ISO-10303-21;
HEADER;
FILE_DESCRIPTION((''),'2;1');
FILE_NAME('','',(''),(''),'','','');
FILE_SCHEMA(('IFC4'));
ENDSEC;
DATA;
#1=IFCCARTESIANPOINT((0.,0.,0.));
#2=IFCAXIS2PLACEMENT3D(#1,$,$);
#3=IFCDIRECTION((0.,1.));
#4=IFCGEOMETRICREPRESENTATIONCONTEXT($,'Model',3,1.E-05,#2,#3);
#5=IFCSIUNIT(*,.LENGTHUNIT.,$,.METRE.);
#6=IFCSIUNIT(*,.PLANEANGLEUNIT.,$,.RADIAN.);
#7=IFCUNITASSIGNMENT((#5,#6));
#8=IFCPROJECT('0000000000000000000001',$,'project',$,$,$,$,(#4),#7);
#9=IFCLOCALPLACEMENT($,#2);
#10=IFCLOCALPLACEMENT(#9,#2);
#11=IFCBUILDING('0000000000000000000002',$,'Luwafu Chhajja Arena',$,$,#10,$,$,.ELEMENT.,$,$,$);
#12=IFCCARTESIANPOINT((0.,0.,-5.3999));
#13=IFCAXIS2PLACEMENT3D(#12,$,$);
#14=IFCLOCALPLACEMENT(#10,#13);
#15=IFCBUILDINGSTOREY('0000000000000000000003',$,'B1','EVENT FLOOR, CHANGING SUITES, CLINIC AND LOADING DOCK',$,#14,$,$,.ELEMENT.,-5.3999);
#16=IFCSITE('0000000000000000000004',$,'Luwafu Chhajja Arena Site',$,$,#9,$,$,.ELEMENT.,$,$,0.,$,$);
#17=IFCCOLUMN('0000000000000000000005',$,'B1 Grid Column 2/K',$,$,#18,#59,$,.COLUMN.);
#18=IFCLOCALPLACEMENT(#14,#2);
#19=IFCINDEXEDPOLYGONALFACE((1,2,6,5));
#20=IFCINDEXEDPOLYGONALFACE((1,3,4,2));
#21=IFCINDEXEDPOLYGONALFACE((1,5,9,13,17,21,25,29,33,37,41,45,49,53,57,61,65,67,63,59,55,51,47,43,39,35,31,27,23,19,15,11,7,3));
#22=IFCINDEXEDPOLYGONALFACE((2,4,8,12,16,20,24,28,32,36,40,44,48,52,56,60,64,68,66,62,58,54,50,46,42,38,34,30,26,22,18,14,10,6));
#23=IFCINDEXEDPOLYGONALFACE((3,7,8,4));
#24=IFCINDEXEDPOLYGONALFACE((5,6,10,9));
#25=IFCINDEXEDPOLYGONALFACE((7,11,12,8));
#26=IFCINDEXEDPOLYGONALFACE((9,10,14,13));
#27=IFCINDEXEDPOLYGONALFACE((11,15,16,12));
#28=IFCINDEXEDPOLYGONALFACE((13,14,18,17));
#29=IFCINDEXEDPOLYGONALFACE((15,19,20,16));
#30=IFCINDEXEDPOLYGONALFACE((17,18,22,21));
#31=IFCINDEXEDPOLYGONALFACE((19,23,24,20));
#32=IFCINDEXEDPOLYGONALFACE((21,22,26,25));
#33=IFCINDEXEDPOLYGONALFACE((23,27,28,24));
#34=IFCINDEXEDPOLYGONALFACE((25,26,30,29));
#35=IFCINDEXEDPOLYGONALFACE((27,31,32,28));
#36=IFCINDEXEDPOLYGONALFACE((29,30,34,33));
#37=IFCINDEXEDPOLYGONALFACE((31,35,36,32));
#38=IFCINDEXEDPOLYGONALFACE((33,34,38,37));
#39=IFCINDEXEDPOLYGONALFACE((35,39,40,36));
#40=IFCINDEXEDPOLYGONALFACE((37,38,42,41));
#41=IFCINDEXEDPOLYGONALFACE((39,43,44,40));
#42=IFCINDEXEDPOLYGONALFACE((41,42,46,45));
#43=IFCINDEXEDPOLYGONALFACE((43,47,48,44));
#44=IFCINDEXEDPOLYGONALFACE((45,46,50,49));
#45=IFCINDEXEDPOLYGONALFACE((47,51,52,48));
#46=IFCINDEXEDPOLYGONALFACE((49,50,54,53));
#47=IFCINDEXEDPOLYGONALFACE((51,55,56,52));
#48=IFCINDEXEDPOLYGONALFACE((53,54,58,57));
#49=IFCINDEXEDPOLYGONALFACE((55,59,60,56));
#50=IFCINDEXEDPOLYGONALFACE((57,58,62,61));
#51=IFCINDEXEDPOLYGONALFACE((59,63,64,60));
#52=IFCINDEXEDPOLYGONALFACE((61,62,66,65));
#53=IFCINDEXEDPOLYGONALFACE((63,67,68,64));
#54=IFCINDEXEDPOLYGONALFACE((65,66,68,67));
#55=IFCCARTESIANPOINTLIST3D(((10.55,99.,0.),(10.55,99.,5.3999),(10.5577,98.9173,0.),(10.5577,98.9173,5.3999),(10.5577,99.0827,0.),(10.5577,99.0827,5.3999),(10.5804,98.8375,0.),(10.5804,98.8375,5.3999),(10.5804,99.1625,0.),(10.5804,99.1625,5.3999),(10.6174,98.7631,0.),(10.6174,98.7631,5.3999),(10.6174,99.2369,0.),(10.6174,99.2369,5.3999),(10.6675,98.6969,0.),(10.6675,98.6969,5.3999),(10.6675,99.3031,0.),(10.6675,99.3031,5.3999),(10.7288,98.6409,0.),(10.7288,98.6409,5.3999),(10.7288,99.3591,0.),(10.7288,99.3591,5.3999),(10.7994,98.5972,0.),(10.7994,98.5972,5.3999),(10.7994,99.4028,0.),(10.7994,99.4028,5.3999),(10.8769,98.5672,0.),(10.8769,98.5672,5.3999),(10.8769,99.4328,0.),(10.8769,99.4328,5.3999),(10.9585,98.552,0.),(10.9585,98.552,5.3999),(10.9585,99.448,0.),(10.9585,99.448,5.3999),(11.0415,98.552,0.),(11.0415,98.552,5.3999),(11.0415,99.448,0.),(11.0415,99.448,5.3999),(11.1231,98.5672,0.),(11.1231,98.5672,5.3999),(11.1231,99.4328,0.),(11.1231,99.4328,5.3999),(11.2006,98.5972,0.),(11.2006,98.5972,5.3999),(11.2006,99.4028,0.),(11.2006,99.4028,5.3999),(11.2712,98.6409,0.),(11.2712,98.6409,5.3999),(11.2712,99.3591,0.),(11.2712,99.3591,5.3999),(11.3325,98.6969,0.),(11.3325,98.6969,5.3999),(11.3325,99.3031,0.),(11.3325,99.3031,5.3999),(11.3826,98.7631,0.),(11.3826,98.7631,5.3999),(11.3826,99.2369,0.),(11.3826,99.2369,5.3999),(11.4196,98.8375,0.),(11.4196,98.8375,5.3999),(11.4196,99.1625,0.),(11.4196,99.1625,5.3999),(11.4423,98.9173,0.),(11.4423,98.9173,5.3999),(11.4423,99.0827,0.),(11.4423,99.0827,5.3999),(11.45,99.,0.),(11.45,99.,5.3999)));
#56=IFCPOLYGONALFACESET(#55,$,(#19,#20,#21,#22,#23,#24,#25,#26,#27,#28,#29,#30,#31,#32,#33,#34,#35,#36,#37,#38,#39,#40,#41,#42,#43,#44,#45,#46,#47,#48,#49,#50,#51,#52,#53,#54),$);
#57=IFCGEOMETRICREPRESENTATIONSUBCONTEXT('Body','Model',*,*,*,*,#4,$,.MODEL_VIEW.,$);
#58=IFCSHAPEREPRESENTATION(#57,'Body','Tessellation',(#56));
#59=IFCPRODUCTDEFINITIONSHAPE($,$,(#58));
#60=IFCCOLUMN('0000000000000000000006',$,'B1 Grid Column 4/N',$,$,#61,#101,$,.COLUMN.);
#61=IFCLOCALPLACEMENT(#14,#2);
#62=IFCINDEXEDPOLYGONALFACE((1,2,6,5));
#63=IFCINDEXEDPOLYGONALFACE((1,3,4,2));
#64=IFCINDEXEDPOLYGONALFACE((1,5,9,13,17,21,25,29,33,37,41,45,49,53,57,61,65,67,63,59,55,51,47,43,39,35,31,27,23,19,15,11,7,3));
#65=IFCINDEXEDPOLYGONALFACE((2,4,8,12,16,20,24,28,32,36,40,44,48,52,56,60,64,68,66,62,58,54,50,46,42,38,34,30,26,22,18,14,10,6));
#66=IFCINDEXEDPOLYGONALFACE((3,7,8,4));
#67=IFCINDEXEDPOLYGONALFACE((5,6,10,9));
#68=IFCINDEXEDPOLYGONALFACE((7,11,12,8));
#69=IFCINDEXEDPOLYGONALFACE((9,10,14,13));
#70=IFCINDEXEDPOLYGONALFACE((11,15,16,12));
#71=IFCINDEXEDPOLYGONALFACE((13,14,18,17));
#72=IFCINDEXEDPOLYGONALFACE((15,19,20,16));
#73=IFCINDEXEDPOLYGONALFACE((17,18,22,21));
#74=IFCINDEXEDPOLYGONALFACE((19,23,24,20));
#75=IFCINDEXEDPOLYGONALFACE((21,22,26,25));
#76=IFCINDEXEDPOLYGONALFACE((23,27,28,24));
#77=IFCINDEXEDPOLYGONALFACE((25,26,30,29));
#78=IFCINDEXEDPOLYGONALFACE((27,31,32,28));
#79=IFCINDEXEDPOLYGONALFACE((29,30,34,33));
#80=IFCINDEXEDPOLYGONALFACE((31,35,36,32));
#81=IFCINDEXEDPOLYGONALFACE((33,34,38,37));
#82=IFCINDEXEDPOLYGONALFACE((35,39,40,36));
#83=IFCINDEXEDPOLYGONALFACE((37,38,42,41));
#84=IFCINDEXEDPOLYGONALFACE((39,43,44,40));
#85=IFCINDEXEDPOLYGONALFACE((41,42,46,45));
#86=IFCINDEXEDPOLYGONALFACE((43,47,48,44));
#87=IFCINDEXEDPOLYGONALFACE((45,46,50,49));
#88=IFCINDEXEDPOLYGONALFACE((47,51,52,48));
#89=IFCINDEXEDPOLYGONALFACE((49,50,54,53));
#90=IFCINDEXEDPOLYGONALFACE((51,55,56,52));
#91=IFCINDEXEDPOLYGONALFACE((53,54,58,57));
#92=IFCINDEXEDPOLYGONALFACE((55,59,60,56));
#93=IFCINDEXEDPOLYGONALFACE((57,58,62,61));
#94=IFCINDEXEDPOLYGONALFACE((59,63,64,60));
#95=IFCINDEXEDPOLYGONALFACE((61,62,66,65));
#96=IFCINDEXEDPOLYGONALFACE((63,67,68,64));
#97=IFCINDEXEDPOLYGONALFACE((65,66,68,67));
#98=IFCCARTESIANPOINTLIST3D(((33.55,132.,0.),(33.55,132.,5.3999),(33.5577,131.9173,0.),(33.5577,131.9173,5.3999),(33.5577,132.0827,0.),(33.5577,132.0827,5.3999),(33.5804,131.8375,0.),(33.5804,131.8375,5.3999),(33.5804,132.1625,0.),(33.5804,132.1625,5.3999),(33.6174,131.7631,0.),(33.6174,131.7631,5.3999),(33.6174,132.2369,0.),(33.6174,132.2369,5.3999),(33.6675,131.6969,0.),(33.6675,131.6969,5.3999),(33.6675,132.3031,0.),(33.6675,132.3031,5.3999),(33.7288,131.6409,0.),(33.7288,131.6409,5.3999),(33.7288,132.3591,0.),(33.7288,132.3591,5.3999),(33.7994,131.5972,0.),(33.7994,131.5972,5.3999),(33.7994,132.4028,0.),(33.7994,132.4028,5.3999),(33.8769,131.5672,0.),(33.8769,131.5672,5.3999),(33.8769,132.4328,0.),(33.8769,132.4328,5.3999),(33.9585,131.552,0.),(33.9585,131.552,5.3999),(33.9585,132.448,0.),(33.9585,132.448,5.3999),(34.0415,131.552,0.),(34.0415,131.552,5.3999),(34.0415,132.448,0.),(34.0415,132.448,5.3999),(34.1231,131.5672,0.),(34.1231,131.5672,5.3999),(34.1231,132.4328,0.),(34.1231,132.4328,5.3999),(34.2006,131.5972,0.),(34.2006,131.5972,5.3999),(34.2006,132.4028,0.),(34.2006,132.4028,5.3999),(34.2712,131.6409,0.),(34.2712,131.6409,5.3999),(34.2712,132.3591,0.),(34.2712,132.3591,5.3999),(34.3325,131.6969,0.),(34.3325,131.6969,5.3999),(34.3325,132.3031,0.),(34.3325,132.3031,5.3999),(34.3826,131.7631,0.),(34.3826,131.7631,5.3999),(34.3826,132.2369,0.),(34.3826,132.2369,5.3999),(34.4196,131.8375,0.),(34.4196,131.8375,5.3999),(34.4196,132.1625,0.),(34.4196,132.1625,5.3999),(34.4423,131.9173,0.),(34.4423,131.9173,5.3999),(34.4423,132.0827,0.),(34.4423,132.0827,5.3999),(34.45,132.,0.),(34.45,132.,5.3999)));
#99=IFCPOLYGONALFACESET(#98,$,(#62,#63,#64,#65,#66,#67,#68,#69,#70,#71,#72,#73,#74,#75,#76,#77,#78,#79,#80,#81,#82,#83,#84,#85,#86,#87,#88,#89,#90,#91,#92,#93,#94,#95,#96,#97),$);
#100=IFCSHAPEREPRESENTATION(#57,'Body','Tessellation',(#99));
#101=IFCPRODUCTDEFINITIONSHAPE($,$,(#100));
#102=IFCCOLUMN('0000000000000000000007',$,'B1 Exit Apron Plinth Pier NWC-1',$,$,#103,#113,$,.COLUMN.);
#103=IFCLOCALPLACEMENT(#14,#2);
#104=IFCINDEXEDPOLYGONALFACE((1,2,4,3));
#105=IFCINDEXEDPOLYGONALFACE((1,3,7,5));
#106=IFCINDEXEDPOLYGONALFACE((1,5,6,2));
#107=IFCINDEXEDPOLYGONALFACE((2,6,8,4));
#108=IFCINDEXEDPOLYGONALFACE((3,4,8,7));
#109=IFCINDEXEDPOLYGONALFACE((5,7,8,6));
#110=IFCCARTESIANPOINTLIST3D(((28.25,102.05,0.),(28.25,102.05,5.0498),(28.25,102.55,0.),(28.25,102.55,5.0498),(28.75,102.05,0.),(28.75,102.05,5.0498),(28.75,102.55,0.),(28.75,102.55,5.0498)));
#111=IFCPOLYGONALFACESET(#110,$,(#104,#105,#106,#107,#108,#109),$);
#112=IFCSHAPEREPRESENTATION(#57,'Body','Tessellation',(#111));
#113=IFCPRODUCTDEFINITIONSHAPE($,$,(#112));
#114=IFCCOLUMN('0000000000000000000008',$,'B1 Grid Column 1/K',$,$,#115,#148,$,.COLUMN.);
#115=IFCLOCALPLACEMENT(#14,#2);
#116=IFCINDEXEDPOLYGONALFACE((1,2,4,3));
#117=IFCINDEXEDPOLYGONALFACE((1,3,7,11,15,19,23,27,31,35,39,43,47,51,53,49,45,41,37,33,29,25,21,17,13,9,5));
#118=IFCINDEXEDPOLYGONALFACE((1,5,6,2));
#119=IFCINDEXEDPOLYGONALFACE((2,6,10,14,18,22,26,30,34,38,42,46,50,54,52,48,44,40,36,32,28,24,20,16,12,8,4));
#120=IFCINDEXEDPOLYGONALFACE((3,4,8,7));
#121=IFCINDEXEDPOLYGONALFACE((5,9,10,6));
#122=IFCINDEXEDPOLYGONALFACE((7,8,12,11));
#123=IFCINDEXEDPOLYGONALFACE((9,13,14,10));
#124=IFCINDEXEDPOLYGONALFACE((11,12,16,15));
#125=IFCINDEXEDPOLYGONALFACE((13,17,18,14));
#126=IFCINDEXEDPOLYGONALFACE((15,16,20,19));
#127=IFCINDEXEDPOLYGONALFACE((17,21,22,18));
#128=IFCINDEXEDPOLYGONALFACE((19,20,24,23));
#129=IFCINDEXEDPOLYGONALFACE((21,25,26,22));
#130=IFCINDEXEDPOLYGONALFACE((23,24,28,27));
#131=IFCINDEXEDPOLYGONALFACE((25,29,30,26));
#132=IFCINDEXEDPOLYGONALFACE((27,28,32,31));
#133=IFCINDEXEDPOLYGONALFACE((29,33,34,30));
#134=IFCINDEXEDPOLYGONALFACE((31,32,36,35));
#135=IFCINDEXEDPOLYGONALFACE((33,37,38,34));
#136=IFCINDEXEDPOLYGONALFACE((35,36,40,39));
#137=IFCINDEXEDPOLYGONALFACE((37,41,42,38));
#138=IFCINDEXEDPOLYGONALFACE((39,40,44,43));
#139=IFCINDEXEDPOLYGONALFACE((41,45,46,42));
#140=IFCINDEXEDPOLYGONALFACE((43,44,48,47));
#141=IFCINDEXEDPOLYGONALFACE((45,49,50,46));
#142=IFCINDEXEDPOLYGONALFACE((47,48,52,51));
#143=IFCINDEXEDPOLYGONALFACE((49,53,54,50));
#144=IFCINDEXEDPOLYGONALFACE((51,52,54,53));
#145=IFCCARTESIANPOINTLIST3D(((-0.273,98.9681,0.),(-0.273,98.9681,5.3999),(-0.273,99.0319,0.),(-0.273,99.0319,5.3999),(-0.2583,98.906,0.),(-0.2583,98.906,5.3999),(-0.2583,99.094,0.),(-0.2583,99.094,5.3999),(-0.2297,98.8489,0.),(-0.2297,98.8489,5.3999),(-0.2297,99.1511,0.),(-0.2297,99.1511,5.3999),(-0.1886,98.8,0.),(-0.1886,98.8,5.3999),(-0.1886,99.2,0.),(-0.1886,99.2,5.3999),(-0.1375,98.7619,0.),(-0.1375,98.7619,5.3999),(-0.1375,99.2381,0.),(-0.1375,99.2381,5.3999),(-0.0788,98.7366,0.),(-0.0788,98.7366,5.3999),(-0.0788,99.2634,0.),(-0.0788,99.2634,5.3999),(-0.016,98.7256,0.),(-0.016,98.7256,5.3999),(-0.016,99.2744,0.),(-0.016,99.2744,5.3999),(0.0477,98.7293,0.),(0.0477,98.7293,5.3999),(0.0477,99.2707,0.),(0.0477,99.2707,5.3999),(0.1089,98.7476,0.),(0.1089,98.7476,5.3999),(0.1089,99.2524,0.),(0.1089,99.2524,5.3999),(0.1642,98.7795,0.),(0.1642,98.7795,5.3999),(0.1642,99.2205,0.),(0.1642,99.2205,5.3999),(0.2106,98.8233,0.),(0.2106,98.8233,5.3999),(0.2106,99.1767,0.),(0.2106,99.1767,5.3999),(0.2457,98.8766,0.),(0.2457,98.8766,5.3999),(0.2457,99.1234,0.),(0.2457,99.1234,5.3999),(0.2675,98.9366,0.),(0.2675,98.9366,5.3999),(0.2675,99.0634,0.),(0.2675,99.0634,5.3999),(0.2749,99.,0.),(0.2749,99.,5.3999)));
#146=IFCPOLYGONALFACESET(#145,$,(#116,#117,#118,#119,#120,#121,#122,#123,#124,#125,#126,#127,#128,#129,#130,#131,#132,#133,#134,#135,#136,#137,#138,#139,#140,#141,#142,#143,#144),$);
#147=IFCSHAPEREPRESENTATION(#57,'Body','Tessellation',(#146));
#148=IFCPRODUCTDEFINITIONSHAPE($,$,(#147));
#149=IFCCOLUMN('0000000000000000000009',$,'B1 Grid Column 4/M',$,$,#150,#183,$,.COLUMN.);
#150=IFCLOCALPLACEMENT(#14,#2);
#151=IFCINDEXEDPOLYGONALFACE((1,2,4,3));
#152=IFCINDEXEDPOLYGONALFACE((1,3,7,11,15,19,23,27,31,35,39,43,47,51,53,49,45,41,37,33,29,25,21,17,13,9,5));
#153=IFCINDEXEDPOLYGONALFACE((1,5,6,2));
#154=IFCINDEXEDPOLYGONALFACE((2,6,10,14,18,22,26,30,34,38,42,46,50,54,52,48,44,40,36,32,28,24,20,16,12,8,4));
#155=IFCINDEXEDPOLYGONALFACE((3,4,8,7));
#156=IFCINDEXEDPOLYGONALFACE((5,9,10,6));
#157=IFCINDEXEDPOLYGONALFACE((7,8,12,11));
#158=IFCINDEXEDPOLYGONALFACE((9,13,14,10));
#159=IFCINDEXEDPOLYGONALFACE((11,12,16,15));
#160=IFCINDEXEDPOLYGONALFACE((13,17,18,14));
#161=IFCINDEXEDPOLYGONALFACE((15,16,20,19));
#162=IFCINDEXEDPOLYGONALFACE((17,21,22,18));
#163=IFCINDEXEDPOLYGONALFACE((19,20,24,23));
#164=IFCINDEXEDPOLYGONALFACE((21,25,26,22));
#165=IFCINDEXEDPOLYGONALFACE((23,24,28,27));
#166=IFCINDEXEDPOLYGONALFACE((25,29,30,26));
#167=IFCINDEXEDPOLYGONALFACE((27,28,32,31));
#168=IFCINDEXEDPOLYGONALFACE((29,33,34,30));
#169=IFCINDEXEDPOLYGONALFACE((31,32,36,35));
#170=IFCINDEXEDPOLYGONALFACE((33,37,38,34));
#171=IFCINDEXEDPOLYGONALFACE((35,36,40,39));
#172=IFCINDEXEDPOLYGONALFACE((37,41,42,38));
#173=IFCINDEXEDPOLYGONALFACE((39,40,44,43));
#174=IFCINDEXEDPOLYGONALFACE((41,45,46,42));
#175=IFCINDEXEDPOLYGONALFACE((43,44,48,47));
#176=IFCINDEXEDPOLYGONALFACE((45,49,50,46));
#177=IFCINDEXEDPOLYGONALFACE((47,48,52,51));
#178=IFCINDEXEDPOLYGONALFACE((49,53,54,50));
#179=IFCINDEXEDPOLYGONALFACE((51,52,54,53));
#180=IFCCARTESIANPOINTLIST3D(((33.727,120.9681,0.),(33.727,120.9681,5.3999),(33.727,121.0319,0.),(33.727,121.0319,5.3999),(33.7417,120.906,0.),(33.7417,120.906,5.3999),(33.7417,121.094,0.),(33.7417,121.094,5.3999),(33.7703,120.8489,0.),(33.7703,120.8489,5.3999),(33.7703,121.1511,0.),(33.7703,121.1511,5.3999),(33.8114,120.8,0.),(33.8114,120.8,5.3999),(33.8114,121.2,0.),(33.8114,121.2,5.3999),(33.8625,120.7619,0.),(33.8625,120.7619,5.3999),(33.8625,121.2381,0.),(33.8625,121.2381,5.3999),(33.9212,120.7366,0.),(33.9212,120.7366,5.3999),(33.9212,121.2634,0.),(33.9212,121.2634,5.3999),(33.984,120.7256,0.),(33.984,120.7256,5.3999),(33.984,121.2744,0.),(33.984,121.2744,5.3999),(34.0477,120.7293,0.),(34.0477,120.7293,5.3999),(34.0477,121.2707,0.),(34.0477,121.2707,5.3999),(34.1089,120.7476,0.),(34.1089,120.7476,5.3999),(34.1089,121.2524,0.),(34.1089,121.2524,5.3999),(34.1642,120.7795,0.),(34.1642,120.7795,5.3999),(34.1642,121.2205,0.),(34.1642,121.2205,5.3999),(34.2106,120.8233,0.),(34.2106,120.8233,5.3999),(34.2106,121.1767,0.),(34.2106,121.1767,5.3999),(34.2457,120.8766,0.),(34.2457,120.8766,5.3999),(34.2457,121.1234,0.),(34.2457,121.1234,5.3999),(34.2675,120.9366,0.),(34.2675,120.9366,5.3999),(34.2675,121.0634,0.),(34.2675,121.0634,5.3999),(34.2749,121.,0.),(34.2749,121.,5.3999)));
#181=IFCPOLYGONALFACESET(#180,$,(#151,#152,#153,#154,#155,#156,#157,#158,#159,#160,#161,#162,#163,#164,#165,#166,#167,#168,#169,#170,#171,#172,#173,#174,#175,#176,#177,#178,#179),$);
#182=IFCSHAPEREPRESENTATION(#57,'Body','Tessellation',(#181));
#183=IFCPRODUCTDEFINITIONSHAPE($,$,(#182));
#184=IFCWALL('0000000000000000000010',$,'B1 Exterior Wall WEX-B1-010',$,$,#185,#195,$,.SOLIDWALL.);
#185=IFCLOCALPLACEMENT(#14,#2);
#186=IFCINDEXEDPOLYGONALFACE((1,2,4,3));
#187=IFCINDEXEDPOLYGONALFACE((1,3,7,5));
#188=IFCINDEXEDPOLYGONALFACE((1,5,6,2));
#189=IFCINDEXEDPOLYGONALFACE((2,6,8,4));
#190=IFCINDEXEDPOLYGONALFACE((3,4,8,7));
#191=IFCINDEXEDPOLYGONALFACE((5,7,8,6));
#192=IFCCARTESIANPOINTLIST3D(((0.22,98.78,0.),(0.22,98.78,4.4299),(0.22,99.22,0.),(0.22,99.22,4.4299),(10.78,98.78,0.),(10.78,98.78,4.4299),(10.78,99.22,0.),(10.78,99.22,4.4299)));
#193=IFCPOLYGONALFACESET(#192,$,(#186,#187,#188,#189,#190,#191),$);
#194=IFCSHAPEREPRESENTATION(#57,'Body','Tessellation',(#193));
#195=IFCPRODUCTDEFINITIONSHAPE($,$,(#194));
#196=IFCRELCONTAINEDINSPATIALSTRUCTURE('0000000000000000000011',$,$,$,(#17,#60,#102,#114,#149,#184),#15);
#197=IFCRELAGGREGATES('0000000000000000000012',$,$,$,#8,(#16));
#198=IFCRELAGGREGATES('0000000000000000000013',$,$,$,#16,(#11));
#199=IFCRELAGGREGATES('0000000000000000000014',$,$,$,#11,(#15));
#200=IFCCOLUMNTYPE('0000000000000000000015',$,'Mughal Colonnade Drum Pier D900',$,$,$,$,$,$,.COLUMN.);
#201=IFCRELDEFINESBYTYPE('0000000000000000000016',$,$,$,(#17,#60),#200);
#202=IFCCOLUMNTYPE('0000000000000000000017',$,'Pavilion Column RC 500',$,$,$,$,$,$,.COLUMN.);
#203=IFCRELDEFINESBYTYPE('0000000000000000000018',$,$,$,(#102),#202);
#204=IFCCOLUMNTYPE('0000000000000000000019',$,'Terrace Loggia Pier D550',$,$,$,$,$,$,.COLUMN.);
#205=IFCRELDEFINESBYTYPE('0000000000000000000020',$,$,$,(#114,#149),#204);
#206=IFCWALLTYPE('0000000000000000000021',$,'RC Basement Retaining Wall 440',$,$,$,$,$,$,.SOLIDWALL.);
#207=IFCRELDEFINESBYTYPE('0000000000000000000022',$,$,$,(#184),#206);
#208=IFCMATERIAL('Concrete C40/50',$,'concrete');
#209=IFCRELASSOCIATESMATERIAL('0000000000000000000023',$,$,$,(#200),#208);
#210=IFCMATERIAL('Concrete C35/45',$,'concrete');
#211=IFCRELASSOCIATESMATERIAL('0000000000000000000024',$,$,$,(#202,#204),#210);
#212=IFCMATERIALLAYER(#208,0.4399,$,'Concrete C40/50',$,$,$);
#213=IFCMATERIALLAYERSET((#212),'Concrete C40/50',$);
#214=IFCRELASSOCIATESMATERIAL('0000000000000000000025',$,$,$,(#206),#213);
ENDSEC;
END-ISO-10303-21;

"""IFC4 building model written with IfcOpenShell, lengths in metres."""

from ifc_helpers import new_model, si_unit, direction, frame, frame_2d, origin, origin_2d, place, context, subcontext, project, spatial, rectangle, circle, extrude, material, layer, layer_set, material_profile, profile_set, type_object, element, save


model = new_model("IFC4")

# Units and contexts
model_context = context("Model", 3, precision=1e-05, world=origin(), true_north=direction((0.0, 1.0)))
body_context = subcontext(model_context, "Body", "Model", "MODEL_VIEW")
ifc_project = project(units=[si_unit("LENGTHUNIT", "METRE"), si_unit("PLANEANGLEUNIT", "RADIAN")], contexts=[model_context])

# Site, building, storey
site_placement = place(None, origin())
site = spatial("IfcSite", under=ifc_project, at=site_placement, Name="Luwafu Chhajja Arena Site", CompositionType="ELEMENT", RefElevation=0.0)
building_placement = place(site_placement, origin())
building = spatial("IfcBuilding", under=site, at=building_placement, Name="Luwafu Chhajja Arena", CompositionType="ELEMENT")
storey_placement = place(building_placement, frame((0.0, 0.0, -5.3999)))
storey = spatial("IfcBuildingStorey", under=building, at=storey_placement, Name="B1", Description="EVENT FLOOR, CHANGING SUITES, CLINIC AND LOADING DOCK", CompositionType="ELEMENT", Elevation=-5.3999)

# Shared definitions
ifc_material_1 = material(Name="Concrete C35/45", Category="concrete")

# Columns
ifc_material_2 = material(Name="Concrete C40/50", Category="concrete")
ifc_material_profile_1 = material_profile(ifc_material_2, circle(Radius=0.45, at=origin_2d()), Name="RC COL D900")
ifc_profile_set_1 = profile_set([ifc_material_profile_1], Name="Concrete C40/50")
column_type_1 = type_object("IfcColumnType", Name="Mughal Colonnade Drum Pier D900", PredefinedType="COLUMN", material=ifc_profile_set_1)
for number, where, z_axis, x_axis, name in (
    (1, (11.0, 99.0, 0.0), (0.0, 0.0, 1.0), (1.0, 0.0, 0.0), "B1 Grid Column 2/K"),
    (2, (34.0, 132.0, 0.0), (0.0, 0.0, 1.0), (1.0, 0.0, 0.0), "B1 Grid Column 4/N"),
):
    element("IfcColumn", number, at=place(storey_placement, frame(where, z_axis=z_axis, x_axis=x_axis)), inside=storey, type_object=column_type_1, Name=name, PredefinedType="COLUMN", context=body_context, shape_type="SweptSolid", body=[
        extrude(circle(Radius=0.45, at=origin_2d()), origin(), (0.0, 0.0, 1.0), 5.3999),
    ])
ifc_material_profile_2 = material_profile(ifc_material_1, rectangle(XDim=0.5, YDim=0.5, at=origin_2d()), Name="RC 500x500")
ifc_profile_set_2 = profile_set([ifc_material_profile_2], Name="Concrete C35/45")
column_type_2 = type_object("IfcColumnType", Name="Pavilion Column RC 500", PredefinedType="COLUMN", material=ifc_profile_set_2)
column_1_placement = place(storey_placement, frame((28.5, 102.3, 0.0), z_axis=(0.0, 0.0, 1.0), x_axis=(1.0, 0.0, 0.0)))
element("IfcColumn", 3, at=column_1_placement, inside=storey, type_object=column_type_2, Name="B1 Exit Apron Plinth Pier NWC-1", PredefinedType="COLUMN", context=body_context, shape_type="SweptSolid", body=[
    extrude(rectangle(XDim=0.5, YDim=0.5, at=origin_2d()), origin(), (0.0, 0.0, 1.0), 5.0498),
])
ifc_material_profile_3 = material_profile(ifc_material_1, circle(Radius=0.2749, at=origin_2d()), Name="RC COL D550")
ifc_profile_set_3 = profile_set([ifc_material_profile_3], Name="Concrete C35/45")
column_type_3 = type_object("IfcColumnType", Name="Terrace Loggia Pier D550", PredefinedType="COLUMN", material=ifc_profile_set_3)
for number, where, z_axis, x_axis, name in (
    (4, (0.0, 99.0, 0.0), (0.0, 0.0, 1.0), (1.0, 0.0, 0.0), "B1 Grid Column 1/K"),
    (5, (34.0, 121.0, 0.0), (0.0, 0.0, 1.0), (1.0, 0.0, 0.0), "B1 Grid Column 4/M"),
):
    element("IfcColumn", number, at=place(storey_placement, frame(where, z_axis=z_axis, x_axis=x_axis)), inside=storey, type_object=column_type_3, Name=name, PredefinedType="COLUMN", context=body_context, shape_type="SweptSolid", body=[
        extrude(circle(Radius=0.2749, at=origin_2d()), origin(), (0.0, 0.0, 1.0), 5.3999),
    ])

# Wall
ifc_layer_1 = layer(ifc_material_2, 0.4399, Name="Concrete C40/50")
ifc_layer_set_1 = layer_set([ifc_layer_1], Name="Concrete C40/50")
wall_type_1 = type_object("IfcWallType", Name="RC Basement Retaining Wall 440", PredefinedType="SOLIDWALL", material=ifc_layer_set_1)
wall_1_placement = place(storey_placement, frame((0.22, 99.0, 0.0), z_axis=(0.0, 0.0, 1.0), x_axis=(1.0, 0.0, 0.0)))
element("IfcWall", 6, at=wall_1_placement, inside=storey, type_object=wall_type_1, Name="B1 Exterior Wall WEX-B1-010", PredefinedType="SOLIDWALL", context=body_context, shape_type="SweptSolid", body=[
    extrude(rectangle(XDim=10.5601, YDim=0.4399, at=frame_2d((5.28, 0.0))), origin(), (0.0, 0.0, 1.0), 4.4299),
])

save(model, "model.ifc")
